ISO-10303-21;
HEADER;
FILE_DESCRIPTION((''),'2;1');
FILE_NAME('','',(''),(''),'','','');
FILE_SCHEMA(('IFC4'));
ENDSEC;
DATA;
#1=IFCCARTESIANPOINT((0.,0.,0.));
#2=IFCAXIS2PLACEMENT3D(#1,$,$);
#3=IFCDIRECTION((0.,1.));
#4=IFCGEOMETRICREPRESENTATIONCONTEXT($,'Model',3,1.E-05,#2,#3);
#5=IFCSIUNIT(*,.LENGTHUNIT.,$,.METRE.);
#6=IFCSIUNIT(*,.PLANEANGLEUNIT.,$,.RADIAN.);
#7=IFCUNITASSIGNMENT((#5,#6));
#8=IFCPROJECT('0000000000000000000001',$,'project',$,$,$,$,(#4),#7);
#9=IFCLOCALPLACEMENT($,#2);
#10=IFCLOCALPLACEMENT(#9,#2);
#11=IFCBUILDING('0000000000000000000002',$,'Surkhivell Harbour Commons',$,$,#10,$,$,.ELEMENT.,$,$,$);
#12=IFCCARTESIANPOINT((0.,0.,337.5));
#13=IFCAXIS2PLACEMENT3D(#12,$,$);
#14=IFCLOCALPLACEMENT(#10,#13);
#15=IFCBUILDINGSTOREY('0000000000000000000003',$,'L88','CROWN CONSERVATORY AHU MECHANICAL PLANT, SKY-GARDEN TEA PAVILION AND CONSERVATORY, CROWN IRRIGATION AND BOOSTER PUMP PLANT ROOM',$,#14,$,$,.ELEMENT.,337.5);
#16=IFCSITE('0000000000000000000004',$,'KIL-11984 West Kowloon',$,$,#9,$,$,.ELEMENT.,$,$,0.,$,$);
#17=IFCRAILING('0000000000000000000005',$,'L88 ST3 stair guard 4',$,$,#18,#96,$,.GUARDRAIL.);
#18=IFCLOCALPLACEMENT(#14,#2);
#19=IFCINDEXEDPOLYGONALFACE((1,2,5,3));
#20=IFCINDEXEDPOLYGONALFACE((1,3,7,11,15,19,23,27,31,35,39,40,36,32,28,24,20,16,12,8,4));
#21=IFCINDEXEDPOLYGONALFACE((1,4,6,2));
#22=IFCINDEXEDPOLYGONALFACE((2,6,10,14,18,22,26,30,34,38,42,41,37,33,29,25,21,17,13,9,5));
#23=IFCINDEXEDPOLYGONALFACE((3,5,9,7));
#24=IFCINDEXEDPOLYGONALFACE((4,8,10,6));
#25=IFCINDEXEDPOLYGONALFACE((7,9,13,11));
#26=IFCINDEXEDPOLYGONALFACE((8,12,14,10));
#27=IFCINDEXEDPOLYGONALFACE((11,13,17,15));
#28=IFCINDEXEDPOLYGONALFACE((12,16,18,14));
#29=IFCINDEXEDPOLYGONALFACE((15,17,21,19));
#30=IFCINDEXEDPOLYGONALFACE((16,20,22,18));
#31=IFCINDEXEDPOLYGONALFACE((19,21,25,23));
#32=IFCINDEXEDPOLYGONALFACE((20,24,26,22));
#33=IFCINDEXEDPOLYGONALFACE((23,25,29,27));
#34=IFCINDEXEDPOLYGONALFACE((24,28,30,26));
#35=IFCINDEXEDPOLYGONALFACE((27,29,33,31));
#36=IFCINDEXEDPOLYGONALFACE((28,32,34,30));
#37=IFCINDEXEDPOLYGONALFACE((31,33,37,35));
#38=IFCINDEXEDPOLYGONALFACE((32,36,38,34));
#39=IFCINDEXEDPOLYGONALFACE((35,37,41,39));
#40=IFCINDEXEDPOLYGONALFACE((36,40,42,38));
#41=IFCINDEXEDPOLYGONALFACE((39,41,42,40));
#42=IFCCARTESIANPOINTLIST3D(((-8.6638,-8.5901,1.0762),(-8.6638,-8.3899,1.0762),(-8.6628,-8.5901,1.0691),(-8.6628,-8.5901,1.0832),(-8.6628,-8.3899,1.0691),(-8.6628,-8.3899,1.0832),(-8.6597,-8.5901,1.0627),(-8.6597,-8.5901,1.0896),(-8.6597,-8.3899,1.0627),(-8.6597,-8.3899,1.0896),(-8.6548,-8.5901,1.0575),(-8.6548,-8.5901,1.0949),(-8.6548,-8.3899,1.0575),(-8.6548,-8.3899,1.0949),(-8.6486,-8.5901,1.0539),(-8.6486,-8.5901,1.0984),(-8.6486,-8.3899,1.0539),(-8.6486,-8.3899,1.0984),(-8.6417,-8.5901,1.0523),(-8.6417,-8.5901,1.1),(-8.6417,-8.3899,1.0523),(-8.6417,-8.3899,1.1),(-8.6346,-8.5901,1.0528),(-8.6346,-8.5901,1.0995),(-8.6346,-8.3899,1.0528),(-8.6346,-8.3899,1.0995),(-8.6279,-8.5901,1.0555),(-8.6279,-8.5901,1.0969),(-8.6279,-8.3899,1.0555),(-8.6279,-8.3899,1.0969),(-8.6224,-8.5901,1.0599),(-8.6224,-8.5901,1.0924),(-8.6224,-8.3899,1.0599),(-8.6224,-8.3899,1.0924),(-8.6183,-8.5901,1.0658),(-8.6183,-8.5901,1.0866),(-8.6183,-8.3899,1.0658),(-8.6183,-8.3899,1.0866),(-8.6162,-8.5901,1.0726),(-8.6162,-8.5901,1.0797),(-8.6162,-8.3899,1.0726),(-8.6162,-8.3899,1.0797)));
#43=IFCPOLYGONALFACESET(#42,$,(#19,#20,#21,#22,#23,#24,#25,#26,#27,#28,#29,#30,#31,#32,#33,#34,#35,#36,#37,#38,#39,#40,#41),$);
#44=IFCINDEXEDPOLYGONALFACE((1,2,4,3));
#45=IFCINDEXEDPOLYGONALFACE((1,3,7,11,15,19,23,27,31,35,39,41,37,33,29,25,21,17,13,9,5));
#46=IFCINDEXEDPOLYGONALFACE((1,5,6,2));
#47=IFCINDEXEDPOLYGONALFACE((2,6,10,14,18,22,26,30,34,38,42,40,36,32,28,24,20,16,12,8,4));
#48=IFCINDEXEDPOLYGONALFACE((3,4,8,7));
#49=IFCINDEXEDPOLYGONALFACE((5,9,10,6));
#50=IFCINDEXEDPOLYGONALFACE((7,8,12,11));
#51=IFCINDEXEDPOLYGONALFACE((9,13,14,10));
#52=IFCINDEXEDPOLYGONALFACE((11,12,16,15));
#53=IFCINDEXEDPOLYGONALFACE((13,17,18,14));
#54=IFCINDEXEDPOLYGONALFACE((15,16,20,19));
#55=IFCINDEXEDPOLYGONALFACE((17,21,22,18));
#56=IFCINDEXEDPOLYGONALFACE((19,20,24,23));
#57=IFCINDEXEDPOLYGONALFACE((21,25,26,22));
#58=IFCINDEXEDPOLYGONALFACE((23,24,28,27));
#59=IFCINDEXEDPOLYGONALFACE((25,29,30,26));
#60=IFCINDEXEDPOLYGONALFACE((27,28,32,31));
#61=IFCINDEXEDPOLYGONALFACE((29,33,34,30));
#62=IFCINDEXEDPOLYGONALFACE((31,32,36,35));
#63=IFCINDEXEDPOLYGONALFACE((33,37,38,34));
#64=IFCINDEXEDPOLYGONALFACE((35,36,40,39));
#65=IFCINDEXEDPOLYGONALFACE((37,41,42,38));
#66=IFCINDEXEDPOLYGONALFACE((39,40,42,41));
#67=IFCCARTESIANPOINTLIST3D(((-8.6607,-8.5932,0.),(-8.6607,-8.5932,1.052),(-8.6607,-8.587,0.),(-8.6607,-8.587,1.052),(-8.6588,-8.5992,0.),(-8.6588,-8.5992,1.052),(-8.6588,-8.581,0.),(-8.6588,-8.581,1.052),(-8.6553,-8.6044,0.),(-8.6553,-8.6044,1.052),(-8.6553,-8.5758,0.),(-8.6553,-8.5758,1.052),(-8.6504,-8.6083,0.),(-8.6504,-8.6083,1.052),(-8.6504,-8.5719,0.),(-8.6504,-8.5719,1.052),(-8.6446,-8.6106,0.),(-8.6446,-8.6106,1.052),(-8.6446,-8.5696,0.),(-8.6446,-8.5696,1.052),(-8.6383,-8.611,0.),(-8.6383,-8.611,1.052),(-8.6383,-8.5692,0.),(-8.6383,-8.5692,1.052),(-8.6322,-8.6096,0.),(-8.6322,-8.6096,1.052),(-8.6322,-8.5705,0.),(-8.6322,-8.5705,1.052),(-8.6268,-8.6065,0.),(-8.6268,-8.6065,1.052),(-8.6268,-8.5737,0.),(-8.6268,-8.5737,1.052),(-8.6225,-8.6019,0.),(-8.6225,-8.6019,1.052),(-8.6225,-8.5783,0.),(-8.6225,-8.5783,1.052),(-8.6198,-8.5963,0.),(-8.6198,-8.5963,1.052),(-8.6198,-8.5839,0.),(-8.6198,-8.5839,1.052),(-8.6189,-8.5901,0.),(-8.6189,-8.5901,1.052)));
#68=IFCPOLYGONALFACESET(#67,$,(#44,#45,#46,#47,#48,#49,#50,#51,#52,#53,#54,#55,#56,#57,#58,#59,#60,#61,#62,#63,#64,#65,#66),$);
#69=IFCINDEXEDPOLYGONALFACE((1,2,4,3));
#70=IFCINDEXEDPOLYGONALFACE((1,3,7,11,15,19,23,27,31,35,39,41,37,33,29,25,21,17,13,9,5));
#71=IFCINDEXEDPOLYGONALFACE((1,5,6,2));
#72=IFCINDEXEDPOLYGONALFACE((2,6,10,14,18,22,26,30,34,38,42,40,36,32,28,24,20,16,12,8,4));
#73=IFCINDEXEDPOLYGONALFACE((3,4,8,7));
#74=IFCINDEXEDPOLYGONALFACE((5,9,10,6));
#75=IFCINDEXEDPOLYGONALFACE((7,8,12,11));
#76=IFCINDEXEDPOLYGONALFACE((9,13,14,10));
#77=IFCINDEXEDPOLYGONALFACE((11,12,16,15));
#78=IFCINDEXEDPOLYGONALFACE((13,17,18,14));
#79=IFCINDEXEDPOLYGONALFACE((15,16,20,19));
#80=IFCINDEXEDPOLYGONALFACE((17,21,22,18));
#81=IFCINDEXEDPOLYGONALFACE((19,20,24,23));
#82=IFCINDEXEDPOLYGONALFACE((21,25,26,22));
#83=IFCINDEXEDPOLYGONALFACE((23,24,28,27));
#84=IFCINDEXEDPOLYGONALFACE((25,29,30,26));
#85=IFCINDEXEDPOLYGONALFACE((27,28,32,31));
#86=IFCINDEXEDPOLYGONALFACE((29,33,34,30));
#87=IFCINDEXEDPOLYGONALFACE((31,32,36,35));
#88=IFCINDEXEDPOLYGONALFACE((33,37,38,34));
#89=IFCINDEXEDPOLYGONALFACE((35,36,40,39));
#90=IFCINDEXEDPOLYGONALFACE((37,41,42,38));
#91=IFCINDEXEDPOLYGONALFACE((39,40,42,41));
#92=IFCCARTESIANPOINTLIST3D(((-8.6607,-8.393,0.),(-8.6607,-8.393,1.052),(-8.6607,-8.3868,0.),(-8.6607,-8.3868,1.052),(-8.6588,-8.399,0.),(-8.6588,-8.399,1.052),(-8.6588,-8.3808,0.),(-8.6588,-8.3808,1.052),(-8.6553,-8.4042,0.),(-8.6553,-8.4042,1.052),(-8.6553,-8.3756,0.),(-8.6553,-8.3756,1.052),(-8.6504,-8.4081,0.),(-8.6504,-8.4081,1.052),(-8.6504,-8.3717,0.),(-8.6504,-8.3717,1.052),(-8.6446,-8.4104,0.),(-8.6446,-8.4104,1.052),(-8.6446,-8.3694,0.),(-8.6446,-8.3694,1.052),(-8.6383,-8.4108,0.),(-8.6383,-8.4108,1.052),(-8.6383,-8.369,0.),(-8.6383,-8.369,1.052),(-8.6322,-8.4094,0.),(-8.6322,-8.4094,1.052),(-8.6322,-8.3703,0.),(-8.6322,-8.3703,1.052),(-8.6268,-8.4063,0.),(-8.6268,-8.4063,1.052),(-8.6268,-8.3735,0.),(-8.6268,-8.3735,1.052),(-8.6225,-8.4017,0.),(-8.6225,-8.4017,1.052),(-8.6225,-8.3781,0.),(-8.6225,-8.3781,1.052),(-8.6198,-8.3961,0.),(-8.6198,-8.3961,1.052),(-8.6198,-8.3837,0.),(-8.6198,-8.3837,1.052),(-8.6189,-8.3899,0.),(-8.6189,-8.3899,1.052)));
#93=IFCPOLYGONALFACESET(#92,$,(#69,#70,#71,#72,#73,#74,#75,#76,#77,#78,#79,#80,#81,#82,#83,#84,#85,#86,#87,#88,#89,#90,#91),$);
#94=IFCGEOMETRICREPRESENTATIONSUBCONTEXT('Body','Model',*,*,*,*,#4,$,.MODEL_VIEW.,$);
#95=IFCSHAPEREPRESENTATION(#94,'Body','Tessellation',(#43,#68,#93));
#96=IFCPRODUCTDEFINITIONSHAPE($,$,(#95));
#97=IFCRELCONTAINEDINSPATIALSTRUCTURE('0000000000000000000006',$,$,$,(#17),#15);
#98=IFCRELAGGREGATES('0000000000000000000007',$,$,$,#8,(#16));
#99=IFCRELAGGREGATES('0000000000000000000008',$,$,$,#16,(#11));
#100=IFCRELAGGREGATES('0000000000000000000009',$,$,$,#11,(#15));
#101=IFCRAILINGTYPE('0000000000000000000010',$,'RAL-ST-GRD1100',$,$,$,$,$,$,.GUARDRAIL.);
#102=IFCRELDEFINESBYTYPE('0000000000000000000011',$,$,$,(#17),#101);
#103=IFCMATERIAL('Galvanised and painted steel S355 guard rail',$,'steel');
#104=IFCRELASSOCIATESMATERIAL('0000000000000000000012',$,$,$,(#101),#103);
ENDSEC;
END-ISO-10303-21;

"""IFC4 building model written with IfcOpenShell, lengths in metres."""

from ifc_helpers import new_model, si_unit, direction, frame, origin, origin_2d, place, context, subcontext, project, spatial, circle, extrude, material, type_object, element, save


model = new_model("IFC4")

# Units and contexts
model_context = context("Model", 3, precision=1e-05, world=origin(), true_north=direction((0.0, 1.0)))
body_context = subcontext(model_context, "Body", "Model", "MODEL_VIEW")
ifc_project = project(units=[si_unit("LENGTHUNIT", "METRE"), si_unit("PLANEANGLEUNIT", "RADIAN")], contexts=[model_context])

# Site, building, storey
site_placement = place(None, origin())
site = spatial("IfcSite", under=ifc_project, at=site_placement, Name="KIL-11984 West Kowloon", CompositionType="ELEMENT", RefElevation=0.0)
building_placement = place(site_placement, origin())
building = spatial("IfcBuilding", under=site, at=building_placement, Name="Surkhivell Harbour Commons", CompositionType="ELEMENT")
storey_placement = place(building_placement, frame((0.0, 0.0, 337.5)))
storey = spatial("IfcBuildingStorey", under=building, at=storey_placement, Name="L88", Description="CROWN CONSERVATORY AHU MECHANICAL PLANT, SKY-GARDEN TEA PAVILION AND CONSERVATORY, CROWN IRRIGATION AND BOOSTER PUMP PLANT ROOM", CompositionType="ELEMENT", Elevation=337.5)

# Railing
ifc_material_1 = material(Name="Galvanised and painted steel S355 guard rail", Category="steel")
railing_type_1 = type_object("IfcRailingType", Name="RAL-ST-GRD1100", PredefinedType="GUARDRAIL", material=ifc_material_1)
railing_1_placement = place(storey_placement, frame((-8.6399, -8.5901, 0.0)))
element("IfcRailing", 1, at=railing_1_placement, inside=storey, type_object=railing_type_1, Name="L88 ST3 stair guard 4", PredefinedType="GUARDRAIL", context=body_context, shape_type="SweptSolid", body=[
    extrude(circle(Radius=0.0239, at=origin_2d()), frame((0.0, 0.0, 1.0762), z_axis=(0.0, 1.0, 0.0), x_axis=(-1.0, 0.0, 0.0)), (0.0, 0.0, 1.0), 0.2002),
    extrude(circle(Radius=0.021, at=origin_2d()), origin(), (0.0, 0.0, 1.0), 1.052),
    extrude(circle(Radius=0.021, at=origin_2d()), frame((0.0, 0.2002, 0.0)), (0.0, 0.0, 1.0), 1.052),
])

save(model, "model.ifc")
